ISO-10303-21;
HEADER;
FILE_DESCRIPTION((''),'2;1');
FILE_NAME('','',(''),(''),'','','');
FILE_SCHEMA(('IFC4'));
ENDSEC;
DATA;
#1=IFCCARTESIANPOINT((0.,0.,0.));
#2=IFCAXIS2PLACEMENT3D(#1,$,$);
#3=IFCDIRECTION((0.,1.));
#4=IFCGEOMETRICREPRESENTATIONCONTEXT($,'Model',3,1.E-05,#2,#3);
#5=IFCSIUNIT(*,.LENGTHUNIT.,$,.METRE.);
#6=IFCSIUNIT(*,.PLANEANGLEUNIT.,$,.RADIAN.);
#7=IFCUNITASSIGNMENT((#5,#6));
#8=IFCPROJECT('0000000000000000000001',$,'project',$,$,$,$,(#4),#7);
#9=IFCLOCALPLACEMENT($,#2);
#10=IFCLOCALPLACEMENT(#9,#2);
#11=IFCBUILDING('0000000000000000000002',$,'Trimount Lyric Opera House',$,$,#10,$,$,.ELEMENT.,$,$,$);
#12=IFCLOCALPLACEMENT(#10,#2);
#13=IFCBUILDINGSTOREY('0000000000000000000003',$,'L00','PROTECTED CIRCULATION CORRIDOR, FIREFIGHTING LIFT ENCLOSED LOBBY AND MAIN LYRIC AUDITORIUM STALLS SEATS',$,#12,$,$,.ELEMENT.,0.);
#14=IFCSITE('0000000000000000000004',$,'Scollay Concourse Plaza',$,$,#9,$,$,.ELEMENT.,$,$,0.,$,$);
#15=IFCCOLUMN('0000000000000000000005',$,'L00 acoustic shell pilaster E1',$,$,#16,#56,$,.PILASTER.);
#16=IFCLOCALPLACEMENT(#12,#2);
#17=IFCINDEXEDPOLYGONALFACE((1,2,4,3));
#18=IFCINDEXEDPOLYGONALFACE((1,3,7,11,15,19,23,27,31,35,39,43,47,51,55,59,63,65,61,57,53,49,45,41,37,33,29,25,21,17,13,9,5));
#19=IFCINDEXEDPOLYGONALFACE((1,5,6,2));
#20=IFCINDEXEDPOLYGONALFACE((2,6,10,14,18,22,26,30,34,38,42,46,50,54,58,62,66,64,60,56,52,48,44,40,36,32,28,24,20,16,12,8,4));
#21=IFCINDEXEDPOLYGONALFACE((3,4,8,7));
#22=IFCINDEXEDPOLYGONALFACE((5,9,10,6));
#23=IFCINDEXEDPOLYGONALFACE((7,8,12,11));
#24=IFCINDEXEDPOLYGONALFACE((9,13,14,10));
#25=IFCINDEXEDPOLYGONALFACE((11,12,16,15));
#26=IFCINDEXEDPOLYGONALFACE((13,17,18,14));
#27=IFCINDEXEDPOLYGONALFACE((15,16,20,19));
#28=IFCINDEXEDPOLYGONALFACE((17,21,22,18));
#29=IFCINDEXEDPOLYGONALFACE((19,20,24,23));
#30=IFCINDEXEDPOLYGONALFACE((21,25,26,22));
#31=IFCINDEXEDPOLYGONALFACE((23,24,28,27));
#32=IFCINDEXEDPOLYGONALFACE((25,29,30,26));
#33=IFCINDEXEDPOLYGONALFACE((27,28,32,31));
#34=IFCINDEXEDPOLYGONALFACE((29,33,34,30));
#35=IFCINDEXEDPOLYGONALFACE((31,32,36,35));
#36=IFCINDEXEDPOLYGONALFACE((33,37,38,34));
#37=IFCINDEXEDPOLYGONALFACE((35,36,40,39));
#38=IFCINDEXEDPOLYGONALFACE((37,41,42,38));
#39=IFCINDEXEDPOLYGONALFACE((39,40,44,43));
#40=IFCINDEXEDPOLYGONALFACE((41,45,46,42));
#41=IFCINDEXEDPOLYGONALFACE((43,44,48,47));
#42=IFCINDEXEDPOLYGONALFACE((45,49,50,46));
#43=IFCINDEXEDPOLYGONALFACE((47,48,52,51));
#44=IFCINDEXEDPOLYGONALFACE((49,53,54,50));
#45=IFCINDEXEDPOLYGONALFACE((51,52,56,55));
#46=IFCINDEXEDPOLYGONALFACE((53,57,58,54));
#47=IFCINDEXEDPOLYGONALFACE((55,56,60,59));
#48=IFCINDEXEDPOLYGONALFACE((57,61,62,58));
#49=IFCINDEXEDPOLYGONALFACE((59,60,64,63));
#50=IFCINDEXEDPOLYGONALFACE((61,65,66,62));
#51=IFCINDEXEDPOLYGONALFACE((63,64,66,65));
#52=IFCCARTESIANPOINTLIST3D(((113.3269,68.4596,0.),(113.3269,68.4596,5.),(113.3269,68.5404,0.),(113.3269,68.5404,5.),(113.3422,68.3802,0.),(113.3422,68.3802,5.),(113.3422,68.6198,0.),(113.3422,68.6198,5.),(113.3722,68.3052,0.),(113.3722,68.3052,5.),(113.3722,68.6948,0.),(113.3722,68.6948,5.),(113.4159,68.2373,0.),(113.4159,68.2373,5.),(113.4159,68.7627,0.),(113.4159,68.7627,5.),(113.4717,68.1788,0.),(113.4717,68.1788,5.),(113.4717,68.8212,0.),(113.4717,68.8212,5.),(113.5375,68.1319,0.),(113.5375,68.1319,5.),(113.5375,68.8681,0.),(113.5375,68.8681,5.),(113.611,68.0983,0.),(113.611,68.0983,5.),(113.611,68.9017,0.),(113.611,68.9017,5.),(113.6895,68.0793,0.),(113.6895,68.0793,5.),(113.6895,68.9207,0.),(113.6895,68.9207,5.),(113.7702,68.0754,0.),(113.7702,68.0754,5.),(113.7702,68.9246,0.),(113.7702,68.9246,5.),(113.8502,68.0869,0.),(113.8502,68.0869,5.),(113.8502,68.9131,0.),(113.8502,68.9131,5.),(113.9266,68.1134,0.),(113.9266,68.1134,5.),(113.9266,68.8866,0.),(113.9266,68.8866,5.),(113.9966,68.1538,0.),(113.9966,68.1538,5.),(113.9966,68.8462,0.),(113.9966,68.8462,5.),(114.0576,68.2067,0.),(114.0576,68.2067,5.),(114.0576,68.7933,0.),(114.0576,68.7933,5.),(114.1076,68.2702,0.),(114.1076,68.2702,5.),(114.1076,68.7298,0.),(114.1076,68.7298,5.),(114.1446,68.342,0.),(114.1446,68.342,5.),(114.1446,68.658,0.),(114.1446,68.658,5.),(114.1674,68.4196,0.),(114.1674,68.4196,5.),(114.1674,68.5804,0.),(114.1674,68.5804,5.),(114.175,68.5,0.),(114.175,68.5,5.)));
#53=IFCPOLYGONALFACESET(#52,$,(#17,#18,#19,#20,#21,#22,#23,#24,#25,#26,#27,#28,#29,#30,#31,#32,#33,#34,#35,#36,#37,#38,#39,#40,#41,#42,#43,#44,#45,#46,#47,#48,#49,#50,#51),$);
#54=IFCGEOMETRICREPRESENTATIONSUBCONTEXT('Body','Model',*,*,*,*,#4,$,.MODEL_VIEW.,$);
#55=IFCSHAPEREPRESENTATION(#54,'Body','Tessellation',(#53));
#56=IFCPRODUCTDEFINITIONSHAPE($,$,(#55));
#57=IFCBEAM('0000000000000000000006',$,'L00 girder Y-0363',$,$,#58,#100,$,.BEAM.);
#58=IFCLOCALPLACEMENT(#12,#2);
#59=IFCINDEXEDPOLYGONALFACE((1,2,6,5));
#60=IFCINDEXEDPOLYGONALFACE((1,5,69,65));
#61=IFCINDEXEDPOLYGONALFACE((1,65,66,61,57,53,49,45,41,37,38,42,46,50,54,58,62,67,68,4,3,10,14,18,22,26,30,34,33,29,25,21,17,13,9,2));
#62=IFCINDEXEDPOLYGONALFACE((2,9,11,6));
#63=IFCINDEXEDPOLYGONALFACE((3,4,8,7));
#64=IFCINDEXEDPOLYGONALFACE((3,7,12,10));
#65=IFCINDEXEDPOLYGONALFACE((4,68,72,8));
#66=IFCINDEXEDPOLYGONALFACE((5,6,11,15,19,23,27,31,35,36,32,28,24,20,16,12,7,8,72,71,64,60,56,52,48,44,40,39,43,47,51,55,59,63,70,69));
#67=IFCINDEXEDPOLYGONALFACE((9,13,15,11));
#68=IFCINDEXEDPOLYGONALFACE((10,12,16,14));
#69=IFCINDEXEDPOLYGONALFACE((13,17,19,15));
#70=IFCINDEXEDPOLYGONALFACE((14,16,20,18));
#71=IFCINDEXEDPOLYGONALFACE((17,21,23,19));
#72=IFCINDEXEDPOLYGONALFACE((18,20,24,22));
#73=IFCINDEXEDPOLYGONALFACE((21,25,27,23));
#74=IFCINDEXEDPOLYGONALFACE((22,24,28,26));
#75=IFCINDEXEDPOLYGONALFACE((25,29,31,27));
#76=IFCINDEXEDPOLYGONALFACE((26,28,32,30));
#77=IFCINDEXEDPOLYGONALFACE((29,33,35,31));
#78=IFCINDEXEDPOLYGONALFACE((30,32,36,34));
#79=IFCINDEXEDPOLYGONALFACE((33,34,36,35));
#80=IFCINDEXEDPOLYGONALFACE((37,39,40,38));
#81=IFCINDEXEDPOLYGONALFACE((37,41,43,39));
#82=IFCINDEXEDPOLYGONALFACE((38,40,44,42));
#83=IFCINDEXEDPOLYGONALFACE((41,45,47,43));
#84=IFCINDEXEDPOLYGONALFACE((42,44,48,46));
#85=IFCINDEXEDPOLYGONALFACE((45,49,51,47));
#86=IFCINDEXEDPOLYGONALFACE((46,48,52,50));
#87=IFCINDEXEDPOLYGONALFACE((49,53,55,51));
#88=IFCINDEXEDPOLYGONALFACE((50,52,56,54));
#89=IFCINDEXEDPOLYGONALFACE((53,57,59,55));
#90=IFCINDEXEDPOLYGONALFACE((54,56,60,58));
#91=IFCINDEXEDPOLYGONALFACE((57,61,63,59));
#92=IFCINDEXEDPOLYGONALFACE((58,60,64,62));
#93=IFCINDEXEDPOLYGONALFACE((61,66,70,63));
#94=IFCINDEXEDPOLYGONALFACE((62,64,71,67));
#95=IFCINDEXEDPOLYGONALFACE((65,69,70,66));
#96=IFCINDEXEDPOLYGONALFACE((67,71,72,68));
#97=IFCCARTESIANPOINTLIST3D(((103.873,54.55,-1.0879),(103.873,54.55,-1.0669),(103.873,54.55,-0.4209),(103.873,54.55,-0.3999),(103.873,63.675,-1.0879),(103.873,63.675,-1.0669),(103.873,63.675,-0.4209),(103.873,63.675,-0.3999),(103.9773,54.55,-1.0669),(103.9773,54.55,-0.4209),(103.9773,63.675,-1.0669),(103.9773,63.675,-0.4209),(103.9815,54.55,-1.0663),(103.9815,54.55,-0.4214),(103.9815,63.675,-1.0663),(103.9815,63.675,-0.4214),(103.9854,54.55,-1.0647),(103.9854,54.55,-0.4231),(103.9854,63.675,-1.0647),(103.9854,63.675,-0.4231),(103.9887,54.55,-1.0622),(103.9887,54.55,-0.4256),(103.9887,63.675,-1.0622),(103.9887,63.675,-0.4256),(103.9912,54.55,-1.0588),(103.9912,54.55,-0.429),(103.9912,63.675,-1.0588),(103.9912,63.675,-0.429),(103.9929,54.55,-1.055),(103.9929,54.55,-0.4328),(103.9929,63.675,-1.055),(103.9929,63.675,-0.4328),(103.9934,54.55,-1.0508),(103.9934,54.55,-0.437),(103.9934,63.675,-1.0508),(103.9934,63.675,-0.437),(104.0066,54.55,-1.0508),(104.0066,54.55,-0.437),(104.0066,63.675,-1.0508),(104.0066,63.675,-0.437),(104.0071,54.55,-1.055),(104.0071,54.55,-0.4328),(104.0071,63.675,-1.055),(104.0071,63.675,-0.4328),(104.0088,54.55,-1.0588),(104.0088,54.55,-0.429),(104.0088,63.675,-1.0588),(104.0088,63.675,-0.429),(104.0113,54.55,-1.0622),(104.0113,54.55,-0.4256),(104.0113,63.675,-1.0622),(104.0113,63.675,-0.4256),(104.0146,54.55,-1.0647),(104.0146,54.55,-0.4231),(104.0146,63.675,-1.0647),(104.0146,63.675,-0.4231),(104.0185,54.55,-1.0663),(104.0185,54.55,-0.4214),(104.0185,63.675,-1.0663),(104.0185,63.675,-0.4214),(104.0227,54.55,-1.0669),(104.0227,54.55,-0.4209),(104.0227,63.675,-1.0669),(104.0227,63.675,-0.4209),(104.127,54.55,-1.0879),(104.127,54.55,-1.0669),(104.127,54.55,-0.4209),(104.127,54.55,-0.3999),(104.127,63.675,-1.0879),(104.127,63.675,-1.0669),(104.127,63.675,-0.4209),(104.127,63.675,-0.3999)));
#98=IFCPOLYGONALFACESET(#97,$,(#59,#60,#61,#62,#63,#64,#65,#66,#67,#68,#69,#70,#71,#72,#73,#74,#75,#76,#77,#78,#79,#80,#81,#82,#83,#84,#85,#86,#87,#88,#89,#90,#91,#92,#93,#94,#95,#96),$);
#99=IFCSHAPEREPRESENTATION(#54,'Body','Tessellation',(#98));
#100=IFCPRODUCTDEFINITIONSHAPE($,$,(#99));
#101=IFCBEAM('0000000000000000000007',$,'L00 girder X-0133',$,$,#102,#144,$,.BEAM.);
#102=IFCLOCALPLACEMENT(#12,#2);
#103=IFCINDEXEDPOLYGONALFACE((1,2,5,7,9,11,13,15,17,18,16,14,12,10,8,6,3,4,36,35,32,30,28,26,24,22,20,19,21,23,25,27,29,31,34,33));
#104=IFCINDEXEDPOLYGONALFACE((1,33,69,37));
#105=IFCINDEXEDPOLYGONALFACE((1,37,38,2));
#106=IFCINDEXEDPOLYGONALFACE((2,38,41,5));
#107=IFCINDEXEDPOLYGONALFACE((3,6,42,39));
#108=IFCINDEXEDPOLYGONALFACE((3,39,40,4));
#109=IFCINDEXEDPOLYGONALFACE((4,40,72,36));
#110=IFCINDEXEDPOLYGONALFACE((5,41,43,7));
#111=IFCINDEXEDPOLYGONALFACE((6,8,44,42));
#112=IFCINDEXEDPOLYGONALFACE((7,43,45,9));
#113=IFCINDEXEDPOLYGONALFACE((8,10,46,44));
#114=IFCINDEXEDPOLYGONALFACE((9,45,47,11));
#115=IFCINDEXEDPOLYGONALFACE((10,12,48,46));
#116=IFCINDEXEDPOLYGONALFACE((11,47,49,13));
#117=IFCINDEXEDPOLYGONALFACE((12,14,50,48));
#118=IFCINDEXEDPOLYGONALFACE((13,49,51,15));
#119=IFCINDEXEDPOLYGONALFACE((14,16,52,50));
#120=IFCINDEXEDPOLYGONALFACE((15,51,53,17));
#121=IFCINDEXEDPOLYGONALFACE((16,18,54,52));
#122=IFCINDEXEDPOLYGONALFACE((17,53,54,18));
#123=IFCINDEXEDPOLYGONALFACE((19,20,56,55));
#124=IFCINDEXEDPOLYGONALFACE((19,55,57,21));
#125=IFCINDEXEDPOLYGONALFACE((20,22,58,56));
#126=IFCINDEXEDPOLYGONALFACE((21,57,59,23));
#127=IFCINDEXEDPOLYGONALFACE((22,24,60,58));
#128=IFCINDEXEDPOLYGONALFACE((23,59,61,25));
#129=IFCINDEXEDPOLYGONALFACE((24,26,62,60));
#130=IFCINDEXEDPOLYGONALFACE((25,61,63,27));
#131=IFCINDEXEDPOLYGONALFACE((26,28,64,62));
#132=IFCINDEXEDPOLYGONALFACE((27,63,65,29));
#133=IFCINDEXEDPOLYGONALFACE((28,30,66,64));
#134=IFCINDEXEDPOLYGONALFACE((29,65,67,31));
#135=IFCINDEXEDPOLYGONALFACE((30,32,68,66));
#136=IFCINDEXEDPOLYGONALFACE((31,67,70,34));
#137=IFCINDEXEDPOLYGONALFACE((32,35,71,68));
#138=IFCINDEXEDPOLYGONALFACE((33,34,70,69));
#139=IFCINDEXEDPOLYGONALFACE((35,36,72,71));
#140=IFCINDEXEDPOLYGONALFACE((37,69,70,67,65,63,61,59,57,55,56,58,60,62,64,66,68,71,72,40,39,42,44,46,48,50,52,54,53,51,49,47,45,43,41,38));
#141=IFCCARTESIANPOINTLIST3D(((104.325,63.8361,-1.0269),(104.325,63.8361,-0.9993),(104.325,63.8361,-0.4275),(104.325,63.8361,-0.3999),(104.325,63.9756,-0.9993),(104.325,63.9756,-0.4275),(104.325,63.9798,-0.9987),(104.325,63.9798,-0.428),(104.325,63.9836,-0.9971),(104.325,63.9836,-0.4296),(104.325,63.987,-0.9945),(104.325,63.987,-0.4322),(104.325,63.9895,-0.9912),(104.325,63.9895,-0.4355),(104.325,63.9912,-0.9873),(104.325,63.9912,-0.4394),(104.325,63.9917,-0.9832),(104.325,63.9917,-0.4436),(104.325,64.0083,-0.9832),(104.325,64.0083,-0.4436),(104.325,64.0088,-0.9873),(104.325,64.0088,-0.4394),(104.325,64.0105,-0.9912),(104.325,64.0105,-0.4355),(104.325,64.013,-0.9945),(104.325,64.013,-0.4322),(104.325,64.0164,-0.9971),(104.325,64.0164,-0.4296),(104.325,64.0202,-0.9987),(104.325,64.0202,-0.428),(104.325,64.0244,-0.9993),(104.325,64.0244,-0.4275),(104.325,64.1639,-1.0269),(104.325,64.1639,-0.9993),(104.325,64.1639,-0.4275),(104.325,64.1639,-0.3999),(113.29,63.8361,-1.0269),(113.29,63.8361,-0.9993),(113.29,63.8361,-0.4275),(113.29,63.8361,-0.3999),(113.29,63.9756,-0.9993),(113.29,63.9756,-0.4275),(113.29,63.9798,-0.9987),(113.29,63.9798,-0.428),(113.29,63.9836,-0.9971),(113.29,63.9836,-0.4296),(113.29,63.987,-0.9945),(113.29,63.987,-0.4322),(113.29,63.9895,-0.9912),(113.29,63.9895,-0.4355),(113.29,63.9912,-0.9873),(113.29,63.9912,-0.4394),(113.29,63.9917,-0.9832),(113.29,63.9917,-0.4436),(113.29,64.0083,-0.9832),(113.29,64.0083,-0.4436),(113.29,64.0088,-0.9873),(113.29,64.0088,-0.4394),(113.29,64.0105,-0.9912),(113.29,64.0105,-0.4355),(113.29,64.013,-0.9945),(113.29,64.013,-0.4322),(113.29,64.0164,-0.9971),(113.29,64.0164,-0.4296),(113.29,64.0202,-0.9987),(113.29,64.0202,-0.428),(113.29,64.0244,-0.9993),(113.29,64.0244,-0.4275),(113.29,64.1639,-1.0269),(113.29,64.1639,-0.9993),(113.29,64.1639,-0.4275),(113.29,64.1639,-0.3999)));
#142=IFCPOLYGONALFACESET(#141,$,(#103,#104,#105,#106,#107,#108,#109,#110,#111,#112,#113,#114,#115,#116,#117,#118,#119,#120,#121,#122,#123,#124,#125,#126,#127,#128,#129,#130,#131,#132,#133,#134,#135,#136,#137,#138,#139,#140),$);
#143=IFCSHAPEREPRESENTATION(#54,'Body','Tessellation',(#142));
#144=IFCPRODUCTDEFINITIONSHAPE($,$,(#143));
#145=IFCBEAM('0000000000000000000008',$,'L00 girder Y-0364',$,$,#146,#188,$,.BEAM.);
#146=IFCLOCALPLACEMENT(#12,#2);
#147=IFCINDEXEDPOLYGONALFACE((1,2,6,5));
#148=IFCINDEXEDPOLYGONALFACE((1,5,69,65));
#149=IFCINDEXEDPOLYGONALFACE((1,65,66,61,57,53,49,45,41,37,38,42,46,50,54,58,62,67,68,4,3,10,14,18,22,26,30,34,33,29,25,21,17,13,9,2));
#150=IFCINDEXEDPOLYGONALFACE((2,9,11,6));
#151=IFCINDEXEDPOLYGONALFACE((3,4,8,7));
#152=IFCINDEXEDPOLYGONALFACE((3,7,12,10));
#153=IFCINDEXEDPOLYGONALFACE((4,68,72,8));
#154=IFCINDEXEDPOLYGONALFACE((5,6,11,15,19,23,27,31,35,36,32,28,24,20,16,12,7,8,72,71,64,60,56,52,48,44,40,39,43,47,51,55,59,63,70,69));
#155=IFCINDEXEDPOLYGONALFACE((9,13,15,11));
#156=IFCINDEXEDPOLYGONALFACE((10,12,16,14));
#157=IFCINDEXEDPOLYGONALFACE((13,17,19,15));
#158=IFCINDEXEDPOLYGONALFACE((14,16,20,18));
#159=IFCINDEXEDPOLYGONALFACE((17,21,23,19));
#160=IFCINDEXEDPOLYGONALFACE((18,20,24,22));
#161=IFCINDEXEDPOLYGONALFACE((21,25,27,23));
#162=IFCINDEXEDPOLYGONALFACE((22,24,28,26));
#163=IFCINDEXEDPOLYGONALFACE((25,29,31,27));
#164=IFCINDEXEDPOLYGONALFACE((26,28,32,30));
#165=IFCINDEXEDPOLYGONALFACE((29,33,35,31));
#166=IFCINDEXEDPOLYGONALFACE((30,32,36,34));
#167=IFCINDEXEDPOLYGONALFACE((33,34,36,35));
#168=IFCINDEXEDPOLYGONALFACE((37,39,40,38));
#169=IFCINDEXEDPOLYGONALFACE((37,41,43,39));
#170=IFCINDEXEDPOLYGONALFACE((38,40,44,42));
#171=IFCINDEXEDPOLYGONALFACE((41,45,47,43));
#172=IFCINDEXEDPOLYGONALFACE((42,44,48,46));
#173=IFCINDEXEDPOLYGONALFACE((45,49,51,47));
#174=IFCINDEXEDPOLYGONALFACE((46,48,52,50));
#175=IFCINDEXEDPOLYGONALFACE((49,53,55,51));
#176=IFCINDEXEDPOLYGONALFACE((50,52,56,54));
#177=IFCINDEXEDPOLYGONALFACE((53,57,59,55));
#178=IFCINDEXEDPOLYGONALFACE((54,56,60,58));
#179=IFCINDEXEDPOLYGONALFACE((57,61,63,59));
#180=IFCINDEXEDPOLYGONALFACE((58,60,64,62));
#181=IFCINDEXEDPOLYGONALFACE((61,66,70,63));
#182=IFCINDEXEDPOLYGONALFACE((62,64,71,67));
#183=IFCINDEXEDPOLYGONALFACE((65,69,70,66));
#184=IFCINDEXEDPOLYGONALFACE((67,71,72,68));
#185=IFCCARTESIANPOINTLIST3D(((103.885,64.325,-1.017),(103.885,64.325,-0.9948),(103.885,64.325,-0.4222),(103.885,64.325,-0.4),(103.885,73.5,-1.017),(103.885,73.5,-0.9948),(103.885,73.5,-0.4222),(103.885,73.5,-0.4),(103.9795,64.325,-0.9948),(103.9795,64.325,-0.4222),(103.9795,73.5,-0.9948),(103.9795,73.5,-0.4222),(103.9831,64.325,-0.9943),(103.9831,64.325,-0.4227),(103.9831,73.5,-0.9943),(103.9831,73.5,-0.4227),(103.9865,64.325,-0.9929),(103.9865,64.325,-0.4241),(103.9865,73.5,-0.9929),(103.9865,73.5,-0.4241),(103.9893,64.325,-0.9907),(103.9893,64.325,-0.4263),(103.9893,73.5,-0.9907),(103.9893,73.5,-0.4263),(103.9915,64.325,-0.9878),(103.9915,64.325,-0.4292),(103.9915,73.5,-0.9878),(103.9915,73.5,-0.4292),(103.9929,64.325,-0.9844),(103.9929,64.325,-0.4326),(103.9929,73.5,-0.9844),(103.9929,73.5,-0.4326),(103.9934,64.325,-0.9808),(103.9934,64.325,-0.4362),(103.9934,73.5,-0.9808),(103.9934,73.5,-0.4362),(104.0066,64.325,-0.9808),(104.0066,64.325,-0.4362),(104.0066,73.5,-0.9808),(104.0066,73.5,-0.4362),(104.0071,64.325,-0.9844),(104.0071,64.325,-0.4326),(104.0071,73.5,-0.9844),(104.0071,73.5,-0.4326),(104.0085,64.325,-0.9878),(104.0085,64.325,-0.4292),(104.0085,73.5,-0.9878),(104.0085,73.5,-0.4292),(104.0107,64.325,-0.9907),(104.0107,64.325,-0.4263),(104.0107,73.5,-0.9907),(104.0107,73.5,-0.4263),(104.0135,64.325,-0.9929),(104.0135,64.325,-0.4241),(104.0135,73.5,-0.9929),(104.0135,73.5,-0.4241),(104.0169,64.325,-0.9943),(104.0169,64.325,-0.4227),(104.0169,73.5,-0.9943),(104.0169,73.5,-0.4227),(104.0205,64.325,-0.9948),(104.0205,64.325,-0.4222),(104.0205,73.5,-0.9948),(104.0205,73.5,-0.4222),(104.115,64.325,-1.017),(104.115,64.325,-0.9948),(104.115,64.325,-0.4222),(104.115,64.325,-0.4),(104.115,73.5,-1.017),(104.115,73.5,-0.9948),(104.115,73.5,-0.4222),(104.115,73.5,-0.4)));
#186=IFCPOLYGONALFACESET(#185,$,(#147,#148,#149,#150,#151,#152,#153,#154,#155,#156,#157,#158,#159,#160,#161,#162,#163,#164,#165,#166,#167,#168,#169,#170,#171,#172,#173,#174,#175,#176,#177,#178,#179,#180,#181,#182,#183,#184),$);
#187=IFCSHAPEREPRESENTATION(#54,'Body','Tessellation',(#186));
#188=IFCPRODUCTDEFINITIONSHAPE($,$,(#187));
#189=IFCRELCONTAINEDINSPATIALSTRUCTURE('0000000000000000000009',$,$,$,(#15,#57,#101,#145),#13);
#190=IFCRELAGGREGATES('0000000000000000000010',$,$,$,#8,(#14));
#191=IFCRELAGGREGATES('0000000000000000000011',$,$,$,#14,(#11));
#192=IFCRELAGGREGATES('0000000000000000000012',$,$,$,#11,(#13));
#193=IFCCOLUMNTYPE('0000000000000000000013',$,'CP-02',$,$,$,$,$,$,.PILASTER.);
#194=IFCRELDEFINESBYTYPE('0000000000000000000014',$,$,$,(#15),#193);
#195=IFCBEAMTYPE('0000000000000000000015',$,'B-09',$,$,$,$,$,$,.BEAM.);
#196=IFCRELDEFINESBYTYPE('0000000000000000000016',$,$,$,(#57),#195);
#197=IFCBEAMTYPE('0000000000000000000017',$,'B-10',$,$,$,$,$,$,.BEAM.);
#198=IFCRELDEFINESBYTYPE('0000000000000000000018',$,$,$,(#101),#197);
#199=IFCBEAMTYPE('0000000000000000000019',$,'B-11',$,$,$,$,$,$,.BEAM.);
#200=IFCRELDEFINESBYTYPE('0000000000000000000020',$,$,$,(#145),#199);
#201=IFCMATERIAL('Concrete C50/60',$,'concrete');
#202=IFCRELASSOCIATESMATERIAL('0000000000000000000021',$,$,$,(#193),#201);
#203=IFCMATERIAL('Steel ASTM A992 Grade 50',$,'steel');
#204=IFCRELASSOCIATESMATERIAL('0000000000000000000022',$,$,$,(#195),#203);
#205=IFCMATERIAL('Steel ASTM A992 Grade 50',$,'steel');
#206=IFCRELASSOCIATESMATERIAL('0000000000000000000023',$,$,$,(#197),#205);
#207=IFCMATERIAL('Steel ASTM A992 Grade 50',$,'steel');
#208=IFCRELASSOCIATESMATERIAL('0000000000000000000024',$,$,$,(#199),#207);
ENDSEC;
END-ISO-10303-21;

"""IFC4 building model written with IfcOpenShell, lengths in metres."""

from ifc_helpers import new_model, si_unit, direction, frame, origin, origin_2d, place, context, subcontext, project, spatial, circle, i_section, extrude, material, material_profile, profile_set, type_object, element, save


model = new_model("IFC4")

# Units and contexts
model_context = context("Model", 3, precision=1e-05, world=origin(), true_north=direction((0.0, 1.0)))
body_context = subcontext(model_context, "Body", "Model", "MODEL_VIEW")
ifc_project = project(units=[si_unit("LENGTHUNIT", "METRE"), si_unit("PLANEANGLEUNIT", "RADIAN")], contexts=[model_context])

# Site, building, storey
site_placement = place(None, origin())
site = spatial("IfcSite", under=ifc_project, at=site_placement, Name="Scollay Concourse Plaza", CompositionType="ELEMENT", RefElevation=0.0)
building_placement = place(site_placement, origin())
building = spatial("IfcBuilding", under=site, at=building_placement, Name="Trimount Lyric Opera House", CompositionType="ELEMENT")
storey_placement = place(building_placement, origin())
storey = spatial("IfcBuildingStorey", under=building, at=storey_placement, Name="L00", Description="PROTECTED CIRCULATION CORRIDOR, FIREFIGHTING LIFT ENCLOSED LOBBY AND MAIN LYRIC AUDITORIUM STALLS SEATS", CompositionType="ELEMENT", Elevation=0.0)

# Column
ifc_material_1 = material(Name="Concrete C50/60", Category="concrete")
ifc_material_profile_1 = material_profile(ifc_material_1, circle(Radius=0.425, at=origin_2d()), Name="RC-D850")
ifc_profile_set_1 = profile_set([ifc_material_profile_1], Name="Concrete C50/60")
column_type_1 = type_object("IfcColumnType", Name="CP-02", PredefinedType="PILASTER", material=ifc_profile_set_1)
column_1_placement = place(storey_placement, frame((113.75, 68.5, 0.0), z_axis=(0.0, 0.0, 1.0), x_axis=(1.0, 0.0, 0.0)))
element("IfcColumn", 1, at=column_1_placement, inside=storey, type_object=column_type_1, Name="L00 acoustic shell pilaster E1", PredefinedType="PILASTER", context=body_context, shape_type="SweptSolid", body=[
    extrude(circle(Radius=0.425, at=origin_2d()), origin(), (0.0, 0.0, 1.0), 5.0),
])

# Beams
ifc_material_2 = material(Name="Steel ASTM A992 Grade 50", Category="steel")
ifc_material_profile_2 = material_profile(ifc_material_2, i_section(OverallWidth=0.2539, OverallDepth=0.688, WebThickness=0.0132, FlangeThickness=0.021, FilletRadius=0.0161, at=origin_2d()), Name="W27X102")
ifc_profile_set_2 = profile_set([ifc_material_profile_2], Name="Steel ASTM A992 Grade 50")
beam_type_1 = type_object("IfcBeamType", Name="B-09", PredefinedType="BEAM", material=ifc_profile_set_2)
beam_1_placement = place(storey_placement, frame((104.0, 54.55, -0.7439), z_axis=(0.0, 1.0, 0.0), x_axis=(-1.0, 0.0, 0.0)))
element("IfcBeam", 2, at=beam_1_placement, inside=storey, type_object=beam_type_1, Name="L00 girder Y-0363", PredefinedType="BEAM", context=body_context, shape_type="SweptSolid", body=[
    extrude(i_section(OverallWidth=0.2539, OverallDepth=0.688, WebThickness=0.0132, FlangeThickness=0.021, FilletRadius=0.0161, at=origin_2d()), origin(), (0.0, 0.0, 1.0), 9.125),
])
ifc_material_3 = material(Name="Steel ASTM A992 Grade 50", Category="steel")
ifc_material_profile_3 = material_profile(ifc_material_3, i_section(OverallWidth=0.3279, OverallDepth=0.627, WebThickness=0.0166, FlangeThickness=0.0276, FilletRadius=0.0161, at=origin_2d()), Name="W24X146")
ifc_profile_set_3 = profile_set([ifc_material_profile_3], Name="Steel ASTM A992 Grade 50")
beam_type_2 = type_object("IfcBeamType", Name="B-10", PredefinedType="BEAM", material=ifc_profile_set_3)
beam_2_placement = place(storey_placement, frame((104.325, 64.0, -0.7134), z_axis=(1.0, 0.0, 0.0), x_axis=(0.0, 1.0, 0.0)))
element("IfcBeam", 3, at=beam_2_placement, inside=storey, type_object=beam_type_2, Name="L00 girder X-0133", PredefinedType="BEAM", context=body_context, shape_type="SweptSolid", body=[
    extrude(i_section(OverallWidth=0.3279, OverallDepth=0.627, WebThickness=0.0166, FlangeThickness=0.0276, FilletRadius=0.0161, at=origin_2d()), origin(), (0.0, 0.0, 1.0), 8.9651),
])
ifc_material_4 = material(Name="Steel ASTM A992 Grade 50", Category="steel")
ifc_material_profile_4 = material_profile(ifc_material_4, i_section(OverallWidth=0.23, OverallDepth=0.6169, WebThickness=0.0132, FlangeThickness=0.0222, FilletRadius=0.0139, at=origin_2d()), Name="W24X94")
ifc_profile_set_4 = profile_set([ifc_material_profile_4], Name="Steel ASTM A992 Grade 50")
beam_type_3 = type_object("IfcBeamType", Name="B-11", PredefinedType="BEAM", material=ifc_profile_set_4)
beam_3_placement = place(storey_placement, frame((104.0, 64.325, -0.7085), z_axis=(0.0, 1.0, 0.0), x_axis=(-1.0, 0.0, 0.0)))
element("IfcBeam", 4, at=beam_3_placement, inside=storey, type_object=beam_type_3, Name="L00 girder Y-0364", PredefinedType="BEAM", context=body_context, shape_type="SweptSolid", body=[
    extrude(i_section(OverallWidth=0.23, OverallDepth=0.6169, WebThickness=0.0132, FlangeThickness=0.0222, FilletRadius=0.0139, at=origin_2d()), origin(), (0.0, 0.0, 1.0), 9.175),
])

save(model, "model.ifc")
